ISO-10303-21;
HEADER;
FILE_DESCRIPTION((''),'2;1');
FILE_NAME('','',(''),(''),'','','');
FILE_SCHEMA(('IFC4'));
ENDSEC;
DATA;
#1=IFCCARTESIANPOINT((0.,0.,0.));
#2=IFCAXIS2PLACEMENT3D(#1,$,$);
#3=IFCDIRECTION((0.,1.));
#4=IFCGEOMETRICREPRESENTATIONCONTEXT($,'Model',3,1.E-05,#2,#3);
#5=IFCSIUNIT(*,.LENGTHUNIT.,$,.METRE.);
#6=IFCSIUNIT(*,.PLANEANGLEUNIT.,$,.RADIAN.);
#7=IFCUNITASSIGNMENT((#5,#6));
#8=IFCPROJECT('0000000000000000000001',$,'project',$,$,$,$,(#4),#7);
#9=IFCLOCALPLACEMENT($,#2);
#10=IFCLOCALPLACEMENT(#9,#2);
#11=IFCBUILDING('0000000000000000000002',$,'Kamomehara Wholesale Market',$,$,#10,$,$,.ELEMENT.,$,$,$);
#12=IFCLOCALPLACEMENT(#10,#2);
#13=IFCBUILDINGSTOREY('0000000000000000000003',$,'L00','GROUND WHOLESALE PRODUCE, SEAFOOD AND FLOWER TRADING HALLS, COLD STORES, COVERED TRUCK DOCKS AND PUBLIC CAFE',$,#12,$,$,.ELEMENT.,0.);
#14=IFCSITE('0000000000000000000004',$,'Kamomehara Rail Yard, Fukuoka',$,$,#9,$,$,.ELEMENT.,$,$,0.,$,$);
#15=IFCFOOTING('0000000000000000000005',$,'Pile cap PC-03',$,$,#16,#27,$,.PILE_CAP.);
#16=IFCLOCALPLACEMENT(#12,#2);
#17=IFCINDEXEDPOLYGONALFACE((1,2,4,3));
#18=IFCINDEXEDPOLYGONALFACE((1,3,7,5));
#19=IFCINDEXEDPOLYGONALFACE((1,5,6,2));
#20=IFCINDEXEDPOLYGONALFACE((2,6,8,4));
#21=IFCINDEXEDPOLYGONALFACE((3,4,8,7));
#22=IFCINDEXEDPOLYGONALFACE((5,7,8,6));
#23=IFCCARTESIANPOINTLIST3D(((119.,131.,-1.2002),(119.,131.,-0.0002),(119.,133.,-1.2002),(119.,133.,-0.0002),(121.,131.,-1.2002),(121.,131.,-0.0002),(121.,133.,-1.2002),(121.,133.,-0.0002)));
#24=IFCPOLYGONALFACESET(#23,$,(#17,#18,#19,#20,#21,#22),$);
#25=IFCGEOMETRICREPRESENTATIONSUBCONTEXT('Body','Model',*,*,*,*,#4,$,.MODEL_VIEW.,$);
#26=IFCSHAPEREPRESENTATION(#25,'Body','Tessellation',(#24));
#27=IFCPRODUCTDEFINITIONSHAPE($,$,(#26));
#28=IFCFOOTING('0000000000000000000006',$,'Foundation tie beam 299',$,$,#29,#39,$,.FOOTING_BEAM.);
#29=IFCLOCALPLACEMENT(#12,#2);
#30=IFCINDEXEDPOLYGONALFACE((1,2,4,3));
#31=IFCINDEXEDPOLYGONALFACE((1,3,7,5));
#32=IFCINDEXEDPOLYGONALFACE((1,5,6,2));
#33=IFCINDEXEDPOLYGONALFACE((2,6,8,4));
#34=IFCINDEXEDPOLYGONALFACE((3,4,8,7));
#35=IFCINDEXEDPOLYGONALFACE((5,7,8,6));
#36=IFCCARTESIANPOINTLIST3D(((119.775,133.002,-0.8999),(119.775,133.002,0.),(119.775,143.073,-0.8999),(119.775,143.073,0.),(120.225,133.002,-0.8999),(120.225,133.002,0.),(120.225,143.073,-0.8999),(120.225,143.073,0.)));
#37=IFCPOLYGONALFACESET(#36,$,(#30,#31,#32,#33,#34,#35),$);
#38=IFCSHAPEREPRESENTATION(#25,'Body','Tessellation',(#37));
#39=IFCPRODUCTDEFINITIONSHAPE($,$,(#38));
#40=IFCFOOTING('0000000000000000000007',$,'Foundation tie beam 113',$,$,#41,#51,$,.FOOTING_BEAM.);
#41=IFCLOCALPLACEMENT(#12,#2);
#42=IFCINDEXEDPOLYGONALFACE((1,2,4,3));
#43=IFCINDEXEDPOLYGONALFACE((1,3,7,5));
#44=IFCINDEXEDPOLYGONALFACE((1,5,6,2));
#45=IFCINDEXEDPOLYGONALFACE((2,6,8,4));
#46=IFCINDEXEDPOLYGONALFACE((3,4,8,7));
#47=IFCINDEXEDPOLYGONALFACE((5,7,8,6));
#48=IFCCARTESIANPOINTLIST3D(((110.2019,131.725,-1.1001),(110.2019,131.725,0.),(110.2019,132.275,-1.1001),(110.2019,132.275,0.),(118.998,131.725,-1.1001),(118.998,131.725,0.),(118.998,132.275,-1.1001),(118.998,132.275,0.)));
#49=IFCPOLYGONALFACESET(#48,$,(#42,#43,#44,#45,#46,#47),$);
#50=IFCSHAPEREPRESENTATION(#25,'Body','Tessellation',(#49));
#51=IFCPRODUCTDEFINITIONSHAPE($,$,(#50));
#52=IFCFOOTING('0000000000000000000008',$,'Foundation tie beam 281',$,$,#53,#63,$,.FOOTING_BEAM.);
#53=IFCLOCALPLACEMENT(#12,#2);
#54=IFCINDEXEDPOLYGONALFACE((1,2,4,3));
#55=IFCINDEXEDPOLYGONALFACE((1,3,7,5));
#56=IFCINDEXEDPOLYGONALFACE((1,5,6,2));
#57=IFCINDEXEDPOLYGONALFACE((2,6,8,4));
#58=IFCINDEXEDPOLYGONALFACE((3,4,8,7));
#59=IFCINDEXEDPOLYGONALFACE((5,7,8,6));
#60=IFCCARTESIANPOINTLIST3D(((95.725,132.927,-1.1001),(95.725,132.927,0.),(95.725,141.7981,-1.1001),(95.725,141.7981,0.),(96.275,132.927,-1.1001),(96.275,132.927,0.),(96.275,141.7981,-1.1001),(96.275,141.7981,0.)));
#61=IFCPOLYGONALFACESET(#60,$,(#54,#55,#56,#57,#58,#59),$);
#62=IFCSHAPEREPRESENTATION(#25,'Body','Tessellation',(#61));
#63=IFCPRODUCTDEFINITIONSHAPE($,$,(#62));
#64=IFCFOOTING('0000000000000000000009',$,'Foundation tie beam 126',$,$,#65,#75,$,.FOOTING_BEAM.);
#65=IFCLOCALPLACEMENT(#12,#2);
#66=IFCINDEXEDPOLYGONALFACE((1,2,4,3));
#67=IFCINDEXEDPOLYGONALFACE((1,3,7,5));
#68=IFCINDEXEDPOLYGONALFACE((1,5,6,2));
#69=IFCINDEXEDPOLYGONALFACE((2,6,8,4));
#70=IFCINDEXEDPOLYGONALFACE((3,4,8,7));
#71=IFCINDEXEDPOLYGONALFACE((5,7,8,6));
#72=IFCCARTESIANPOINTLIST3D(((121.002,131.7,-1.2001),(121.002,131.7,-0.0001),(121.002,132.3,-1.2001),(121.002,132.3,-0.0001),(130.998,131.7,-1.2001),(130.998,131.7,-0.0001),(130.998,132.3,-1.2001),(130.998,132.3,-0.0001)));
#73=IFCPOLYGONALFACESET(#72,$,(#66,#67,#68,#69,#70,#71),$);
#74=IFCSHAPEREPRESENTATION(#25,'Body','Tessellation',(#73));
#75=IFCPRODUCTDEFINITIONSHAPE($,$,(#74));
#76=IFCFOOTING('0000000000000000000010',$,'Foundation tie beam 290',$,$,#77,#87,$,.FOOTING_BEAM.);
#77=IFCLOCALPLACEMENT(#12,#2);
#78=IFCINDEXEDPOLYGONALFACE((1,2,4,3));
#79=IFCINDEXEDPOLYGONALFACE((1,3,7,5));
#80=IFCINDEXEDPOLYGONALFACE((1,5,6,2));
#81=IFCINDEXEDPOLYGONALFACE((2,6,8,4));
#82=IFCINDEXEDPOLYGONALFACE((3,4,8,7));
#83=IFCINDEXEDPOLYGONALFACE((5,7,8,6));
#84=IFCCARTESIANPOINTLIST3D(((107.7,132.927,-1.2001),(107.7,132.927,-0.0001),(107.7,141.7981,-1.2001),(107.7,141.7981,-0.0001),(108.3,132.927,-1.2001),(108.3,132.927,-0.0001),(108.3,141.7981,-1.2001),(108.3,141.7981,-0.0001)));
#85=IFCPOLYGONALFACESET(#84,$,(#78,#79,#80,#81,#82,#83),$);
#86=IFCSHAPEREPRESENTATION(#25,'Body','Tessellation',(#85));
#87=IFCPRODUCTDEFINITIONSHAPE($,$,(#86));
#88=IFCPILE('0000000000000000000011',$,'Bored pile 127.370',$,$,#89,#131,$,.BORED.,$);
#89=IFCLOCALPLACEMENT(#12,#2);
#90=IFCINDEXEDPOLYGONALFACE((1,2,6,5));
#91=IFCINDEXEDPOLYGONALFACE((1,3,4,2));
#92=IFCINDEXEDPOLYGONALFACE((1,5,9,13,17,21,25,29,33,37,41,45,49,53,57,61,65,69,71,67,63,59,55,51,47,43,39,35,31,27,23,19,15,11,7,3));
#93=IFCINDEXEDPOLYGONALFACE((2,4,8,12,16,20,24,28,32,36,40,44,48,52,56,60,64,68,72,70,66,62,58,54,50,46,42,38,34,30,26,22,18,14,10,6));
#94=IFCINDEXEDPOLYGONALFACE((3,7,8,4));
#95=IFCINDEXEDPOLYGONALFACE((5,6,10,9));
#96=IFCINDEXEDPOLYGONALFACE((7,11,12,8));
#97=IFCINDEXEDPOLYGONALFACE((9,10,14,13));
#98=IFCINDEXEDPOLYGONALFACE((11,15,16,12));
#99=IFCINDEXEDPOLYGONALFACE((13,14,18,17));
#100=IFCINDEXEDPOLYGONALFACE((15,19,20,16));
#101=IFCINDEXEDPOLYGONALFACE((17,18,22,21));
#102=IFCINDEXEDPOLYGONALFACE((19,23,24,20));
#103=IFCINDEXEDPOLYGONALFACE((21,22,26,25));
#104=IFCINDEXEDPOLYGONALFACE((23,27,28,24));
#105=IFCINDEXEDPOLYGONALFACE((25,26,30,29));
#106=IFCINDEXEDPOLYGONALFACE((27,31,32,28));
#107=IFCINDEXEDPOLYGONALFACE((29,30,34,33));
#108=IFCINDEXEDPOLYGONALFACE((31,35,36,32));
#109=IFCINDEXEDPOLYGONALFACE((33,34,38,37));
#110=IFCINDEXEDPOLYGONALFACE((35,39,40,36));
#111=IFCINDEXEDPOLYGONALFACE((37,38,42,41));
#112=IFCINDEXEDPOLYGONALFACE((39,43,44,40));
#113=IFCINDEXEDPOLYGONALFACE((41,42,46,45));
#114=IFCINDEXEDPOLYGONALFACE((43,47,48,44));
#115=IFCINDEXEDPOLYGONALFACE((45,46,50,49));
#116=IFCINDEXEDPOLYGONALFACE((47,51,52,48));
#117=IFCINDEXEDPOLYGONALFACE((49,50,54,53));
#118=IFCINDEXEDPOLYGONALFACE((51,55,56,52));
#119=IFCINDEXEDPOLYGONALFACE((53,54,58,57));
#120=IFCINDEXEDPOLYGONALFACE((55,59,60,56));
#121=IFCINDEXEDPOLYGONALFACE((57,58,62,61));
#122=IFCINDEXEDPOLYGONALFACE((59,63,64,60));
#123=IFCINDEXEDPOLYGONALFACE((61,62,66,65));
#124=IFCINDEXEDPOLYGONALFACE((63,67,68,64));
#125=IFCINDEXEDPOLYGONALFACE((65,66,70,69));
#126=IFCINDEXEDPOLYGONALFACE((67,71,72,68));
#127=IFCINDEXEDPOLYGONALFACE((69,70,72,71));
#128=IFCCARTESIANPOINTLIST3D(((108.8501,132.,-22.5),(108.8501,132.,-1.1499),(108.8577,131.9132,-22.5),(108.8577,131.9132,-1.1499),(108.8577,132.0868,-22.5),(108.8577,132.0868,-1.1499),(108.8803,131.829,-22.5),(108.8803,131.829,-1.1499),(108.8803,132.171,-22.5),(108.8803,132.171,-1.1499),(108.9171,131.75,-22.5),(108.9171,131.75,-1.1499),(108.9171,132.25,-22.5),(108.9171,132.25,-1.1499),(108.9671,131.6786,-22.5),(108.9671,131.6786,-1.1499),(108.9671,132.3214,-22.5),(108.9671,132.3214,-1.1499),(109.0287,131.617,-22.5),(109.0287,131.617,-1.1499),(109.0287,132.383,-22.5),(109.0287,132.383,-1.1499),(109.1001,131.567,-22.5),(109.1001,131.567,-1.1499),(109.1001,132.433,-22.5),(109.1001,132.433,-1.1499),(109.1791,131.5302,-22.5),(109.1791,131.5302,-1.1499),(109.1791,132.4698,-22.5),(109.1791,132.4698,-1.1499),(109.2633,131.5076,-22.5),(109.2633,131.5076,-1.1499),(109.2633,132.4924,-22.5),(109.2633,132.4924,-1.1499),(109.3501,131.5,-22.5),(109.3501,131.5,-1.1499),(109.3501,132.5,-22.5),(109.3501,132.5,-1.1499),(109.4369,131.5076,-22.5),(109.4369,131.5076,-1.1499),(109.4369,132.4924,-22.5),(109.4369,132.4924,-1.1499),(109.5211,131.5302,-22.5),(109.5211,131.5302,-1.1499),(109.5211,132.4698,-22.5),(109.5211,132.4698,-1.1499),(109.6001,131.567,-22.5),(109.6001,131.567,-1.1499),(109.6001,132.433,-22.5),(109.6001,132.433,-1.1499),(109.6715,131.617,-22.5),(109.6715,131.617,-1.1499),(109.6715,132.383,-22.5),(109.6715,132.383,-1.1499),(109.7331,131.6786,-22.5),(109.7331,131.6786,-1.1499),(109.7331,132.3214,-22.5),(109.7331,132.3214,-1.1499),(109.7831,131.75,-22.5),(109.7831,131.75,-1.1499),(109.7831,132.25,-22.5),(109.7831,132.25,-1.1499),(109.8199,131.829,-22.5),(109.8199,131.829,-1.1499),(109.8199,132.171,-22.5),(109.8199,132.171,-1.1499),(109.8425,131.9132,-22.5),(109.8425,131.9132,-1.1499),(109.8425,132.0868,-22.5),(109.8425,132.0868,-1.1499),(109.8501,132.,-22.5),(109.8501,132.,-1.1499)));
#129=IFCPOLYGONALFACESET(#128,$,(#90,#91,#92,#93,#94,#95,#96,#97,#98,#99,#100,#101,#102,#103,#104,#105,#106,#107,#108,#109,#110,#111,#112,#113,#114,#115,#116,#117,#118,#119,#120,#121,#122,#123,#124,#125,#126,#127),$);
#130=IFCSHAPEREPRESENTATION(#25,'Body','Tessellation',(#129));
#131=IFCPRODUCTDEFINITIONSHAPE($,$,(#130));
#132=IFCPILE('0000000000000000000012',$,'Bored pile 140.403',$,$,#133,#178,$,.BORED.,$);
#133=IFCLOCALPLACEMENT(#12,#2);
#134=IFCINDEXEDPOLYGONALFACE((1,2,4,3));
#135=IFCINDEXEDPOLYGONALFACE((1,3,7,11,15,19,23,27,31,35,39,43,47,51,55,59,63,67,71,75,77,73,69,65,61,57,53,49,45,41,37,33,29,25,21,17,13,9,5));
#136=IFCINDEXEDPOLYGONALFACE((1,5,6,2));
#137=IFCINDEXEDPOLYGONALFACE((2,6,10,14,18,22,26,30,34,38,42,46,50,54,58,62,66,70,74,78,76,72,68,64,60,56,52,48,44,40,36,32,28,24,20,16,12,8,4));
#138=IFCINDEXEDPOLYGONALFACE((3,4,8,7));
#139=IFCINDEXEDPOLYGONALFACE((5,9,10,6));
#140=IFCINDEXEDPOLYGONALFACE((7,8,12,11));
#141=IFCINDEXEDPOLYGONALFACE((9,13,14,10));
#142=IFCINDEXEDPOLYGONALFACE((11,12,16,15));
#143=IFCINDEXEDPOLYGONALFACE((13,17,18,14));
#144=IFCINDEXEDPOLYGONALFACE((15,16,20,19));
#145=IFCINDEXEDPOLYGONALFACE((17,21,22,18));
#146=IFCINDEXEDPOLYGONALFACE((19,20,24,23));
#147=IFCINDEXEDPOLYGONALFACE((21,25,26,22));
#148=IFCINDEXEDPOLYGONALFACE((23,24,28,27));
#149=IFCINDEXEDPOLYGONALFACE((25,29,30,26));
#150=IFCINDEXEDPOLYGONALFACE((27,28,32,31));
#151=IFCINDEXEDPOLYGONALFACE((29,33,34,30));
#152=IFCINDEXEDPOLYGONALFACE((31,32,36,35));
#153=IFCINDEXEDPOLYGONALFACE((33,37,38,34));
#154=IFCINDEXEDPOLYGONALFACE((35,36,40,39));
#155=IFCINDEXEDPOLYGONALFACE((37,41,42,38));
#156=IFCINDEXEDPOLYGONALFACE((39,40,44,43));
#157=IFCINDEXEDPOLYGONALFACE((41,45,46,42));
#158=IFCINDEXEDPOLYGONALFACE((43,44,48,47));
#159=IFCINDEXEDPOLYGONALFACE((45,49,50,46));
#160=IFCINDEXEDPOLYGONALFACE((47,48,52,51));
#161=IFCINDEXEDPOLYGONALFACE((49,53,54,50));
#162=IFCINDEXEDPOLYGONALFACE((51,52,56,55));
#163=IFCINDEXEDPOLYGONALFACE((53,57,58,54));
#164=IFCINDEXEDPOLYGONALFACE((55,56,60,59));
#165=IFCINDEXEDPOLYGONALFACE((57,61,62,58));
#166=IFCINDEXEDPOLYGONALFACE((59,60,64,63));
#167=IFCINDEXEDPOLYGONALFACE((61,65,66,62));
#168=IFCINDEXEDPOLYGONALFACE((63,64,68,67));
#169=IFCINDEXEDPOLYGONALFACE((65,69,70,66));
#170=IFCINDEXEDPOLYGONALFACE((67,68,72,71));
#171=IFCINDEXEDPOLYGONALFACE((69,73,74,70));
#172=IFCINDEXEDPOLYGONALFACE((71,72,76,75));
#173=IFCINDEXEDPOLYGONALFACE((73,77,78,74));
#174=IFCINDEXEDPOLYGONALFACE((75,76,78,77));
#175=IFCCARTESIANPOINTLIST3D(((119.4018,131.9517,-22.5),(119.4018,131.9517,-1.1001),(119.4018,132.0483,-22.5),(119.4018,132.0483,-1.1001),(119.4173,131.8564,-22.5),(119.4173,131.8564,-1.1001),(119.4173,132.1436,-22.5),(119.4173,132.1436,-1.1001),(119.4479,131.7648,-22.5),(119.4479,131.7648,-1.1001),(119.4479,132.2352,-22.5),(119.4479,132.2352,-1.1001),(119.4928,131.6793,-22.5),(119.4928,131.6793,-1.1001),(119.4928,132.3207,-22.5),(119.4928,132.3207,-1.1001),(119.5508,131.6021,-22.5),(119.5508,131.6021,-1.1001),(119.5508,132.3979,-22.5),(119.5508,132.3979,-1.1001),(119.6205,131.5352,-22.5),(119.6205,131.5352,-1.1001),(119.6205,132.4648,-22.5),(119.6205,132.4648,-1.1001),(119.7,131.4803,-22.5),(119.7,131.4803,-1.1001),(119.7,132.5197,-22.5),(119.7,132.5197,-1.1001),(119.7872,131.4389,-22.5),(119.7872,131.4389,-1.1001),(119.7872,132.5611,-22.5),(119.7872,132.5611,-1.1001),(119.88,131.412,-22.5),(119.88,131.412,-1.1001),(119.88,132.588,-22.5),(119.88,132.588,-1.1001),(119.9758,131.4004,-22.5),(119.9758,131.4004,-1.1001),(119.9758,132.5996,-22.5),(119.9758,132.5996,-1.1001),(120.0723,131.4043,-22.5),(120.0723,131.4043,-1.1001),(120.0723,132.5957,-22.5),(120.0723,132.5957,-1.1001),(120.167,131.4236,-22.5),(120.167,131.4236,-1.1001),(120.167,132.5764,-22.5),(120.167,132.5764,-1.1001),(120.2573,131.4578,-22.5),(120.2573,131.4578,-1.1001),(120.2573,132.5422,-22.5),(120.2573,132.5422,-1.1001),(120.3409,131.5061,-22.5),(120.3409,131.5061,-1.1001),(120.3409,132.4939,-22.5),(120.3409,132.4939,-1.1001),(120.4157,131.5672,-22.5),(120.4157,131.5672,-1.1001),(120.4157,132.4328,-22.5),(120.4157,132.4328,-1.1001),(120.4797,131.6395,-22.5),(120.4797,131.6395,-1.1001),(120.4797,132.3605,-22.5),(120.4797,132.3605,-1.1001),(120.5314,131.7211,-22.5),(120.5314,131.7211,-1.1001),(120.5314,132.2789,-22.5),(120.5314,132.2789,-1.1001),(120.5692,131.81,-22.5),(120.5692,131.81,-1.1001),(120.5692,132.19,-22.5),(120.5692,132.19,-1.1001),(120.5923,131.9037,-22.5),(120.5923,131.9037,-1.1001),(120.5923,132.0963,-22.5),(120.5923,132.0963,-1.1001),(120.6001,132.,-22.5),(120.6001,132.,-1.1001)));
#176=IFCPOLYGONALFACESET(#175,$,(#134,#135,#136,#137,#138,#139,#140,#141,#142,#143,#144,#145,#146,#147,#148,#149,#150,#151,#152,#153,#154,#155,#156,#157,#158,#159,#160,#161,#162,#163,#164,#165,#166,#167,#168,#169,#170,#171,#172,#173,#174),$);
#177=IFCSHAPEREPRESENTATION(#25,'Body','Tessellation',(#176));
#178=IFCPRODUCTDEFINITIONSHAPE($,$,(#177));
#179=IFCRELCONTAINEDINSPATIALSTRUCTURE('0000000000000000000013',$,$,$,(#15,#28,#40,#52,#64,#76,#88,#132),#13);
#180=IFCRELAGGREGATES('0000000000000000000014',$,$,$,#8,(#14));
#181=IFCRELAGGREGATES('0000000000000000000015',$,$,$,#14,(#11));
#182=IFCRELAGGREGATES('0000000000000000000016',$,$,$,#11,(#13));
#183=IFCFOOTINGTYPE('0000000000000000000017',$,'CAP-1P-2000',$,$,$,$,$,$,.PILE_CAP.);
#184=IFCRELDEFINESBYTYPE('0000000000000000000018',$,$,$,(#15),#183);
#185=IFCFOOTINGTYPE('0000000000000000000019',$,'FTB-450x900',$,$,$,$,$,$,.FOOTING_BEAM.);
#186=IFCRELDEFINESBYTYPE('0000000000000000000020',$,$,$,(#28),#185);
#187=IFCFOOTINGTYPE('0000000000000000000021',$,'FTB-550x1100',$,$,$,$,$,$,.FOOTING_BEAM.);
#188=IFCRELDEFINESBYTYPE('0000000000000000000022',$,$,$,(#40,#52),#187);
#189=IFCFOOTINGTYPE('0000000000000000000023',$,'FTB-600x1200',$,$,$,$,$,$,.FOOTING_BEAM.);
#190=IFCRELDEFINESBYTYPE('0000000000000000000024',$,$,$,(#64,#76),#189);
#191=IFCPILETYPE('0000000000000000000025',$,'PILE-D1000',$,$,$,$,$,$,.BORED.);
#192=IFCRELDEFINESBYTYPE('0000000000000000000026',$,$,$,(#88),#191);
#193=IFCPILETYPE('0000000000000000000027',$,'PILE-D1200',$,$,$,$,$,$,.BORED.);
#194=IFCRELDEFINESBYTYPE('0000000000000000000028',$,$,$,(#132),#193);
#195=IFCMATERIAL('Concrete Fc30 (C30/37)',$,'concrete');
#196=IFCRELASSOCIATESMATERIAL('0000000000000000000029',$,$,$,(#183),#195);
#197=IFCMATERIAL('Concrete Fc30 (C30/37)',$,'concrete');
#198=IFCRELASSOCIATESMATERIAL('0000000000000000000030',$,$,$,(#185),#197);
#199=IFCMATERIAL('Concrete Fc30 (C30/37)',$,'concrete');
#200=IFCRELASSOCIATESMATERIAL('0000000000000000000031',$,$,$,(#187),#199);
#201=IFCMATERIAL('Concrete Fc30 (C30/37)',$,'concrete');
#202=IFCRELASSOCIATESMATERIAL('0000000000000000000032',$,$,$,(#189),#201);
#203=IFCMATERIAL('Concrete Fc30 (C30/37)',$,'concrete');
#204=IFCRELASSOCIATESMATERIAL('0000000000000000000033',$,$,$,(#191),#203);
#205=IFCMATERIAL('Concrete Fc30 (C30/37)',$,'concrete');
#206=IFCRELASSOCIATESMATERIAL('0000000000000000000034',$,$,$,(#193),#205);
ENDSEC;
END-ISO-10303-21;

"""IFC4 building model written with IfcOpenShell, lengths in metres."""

from ifc_helpers import new_model, si_unit, direction, frame, origin, origin_2d, place, context, subcontext, project, spatial, rectangle, circle, extrude, material, material_profile, profile_set, type_object, element, save


model = new_model("IFC4")

# Units and contexts
model_context = context("Model", 3, precision=1e-05, world=origin(), true_north=direction((0.0, 1.0)))
body_context = subcontext(model_context, "Body", "Model", "MODEL_VIEW")
ifc_project = project(units=[si_unit("LENGTHUNIT", "METRE"), si_unit("PLANEANGLEUNIT", "RADIAN")], contexts=[model_context])

# Site, building, storey
site_placement = place(None, origin())
site = spatial("IfcSite", under=ifc_project, at=site_placement, Name="Kamomehara Rail Yard, Fukuoka", CompositionType="ELEMENT", RefElevation=0.0)
building_placement = place(site_placement, origin())
building = spatial("IfcBuilding", under=site, at=building_placement, Name="Kamomehara Wholesale Market", CompositionType="ELEMENT")
storey_placement = place(building_placement, origin())
storey = spatial("IfcBuildingStorey", under=building, at=storey_placement, Name="L00", Description="GROUND WHOLESALE PRODUCE, SEAFOOD AND FLOWER TRADING HALLS, COLD STORES, COVERED TRUCK DOCKS AND PUBLIC CAFE", CompositionType="ELEMENT", Elevation=0.0)

# Footings
ifc_material_1 = material(Name="Concrete Fc30 (C30/37)", Category="concrete")
footing_type_1 = type_object("IfcFootingType", Name="CAP-1P-2000", PredefinedType="PILE_CAP", material=ifc_material_1)
footing_1_placement = place(storey_placement, frame((120.0, 132.0, -1.2002), z_axis=(0.0, 0.0, 1.0), x_axis=(1.0, 0.0, 0.0)))
element("IfcFooting", 1, at=footing_1_placement, inside=storey, type_object=footing_type_1, Name="Pile cap PC-03", PredefinedType="PILE_CAP", context=body_context, shape_type="SweptSolid", body=[
    extrude(rectangle(XDim=2.0, YDim=2.0, at=origin_2d()), origin(), (0.0, 0.0, 1.0), 1.2),
])
ifc_material_2 = material(Name="Concrete Fc30 (C30/37)", Category="concrete")
ifc_material_profile_1 = material_profile(ifc_material_2, rectangle(XDim=0.45, YDim=0.8999, at=origin_2d()), Name="RC-FTB-450x900")
ifc_profile_set_1 = profile_set([ifc_material_profile_1], Name="Concrete Fc30 (C30/37)")
footing_type_2 = type_object("IfcFootingType", Name="FTB-450x900", PredefinedType="FOOTING_BEAM", material=ifc_profile_set_1)
footing_2_placement = place(storey_placement, frame((120.0, 133.002, -0.45), z_axis=(0.0, 1.0, 0.0), x_axis=(-1.0, 0.0, 0.0)))
element("IfcFooting", 2, at=footing_2_placement, inside=storey, type_object=footing_type_2, Name="Foundation tie beam 299", PredefinedType="FOOTING_BEAM", context=body_context, shape_type="SweptSolid", body=[
    extrude(rectangle(XDim=0.45, YDim=0.8999, at=origin_2d()), origin(), (0.0, 0.0, 1.0), 10.071),
])
ifc_material_3 = material(Name="Concrete Fc30 (C30/37)", Category="concrete")
ifc_material_profile_2 = material_profile(ifc_material_3, rectangle(XDim=0.55, YDim=1.1001, at=origin_2d()), Name="RC-FTB-550x1100")
ifc_profile_set_2 = profile_set([ifc_material_profile_2], Name="Concrete Fc30 (C30/37)")
footing_type_3 = type_object("IfcFootingType", Name="FTB-550x1100", PredefinedType="FOOTING_BEAM", material=ifc_profile_set_2)
footing_3_placement = place(storey_placement, frame((110.2019, 132.0, -0.55), z_axis=(1.0, 0.0, 0.0), x_axis=(0.0, 1.0, 0.0)))
element("IfcFooting", 3, at=footing_3_placement, inside=storey, type_object=footing_type_3, Name="Foundation tie beam 113", PredefinedType="FOOTING_BEAM", context=body_context, shape_type="SweptSolid", body=[
    extrude(rectangle(XDim=0.55, YDim=1.1001, at=origin_2d()), origin(), (0.0, 0.0, 1.0), 8.7961),
])
footing_4_placement = place(storey_placement, frame((96.0, 132.927, -0.55), z_axis=(0.0, 1.0, 0.0), x_axis=(-1.0, 0.0, 0.0)))
element("IfcFooting", 4, at=footing_4_placement, inside=storey, type_object=footing_type_3, Name="Foundation tie beam 281", PredefinedType="FOOTING_BEAM", context=body_context, shape_type="SweptSolid", body=[
    extrude(rectangle(XDim=0.55, YDim=1.1001, at=origin_2d()), origin(), (0.0, 0.0, 1.0), 8.8711),
])
ifc_material_4 = material(Name="Concrete Fc30 (C30/37)", Category="concrete")
ifc_material_profile_3 = material_profile(ifc_material_4, rectangle(XDim=0.6001, YDim=1.2, at=origin_2d()), Name="RC-FTB-600x1200")
ifc_profile_set_3 = profile_set([ifc_material_profile_3], Name="Concrete Fc30 (C30/37)")
footing_type_4 = type_object("IfcFootingType", Name="FTB-600x1200", PredefinedType="FOOTING_BEAM", material=ifc_profile_set_3)
footing_5_placement = place(storey_placement, frame((121.002, 132.0, -0.6001), z_axis=(1.0, 0.0, 0.0), x_axis=(0.0, 1.0, 0.0)))
element("IfcFooting", 5, at=footing_5_placement, inside=storey, type_object=footing_type_4, Name="Foundation tie beam 126", PredefinedType="FOOTING_BEAM", context=body_context, shape_type="SweptSolid", body=[
    extrude(rectangle(XDim=0.6001, YDim=1.2, at=origin_2d()), origin(), (0.0, 0.0, 1.0), 9.9961),
])
footing_6_placement = place(storey_placement, frame((108.0, 132.927, -0.6001), z_axis=(0.0, 1.0, 0.0), x_axis=(-1.0, 0.0, 0.0)))
element("IfcFooting", 6, at=footing_6_placement, inside=storey, type_object=footing_type_4, Name="Foundation tie beam 290", PredefinedType="FOOTING_BEAM", context=body_context, shape_type="SweptSolid", body=[
    extrude(rectangle(XDim=0.6001, YDim=1.2, at=origin_2d()), origin(), (0.0, 0.0, 1.0), 8.8711),
])

# Piles
ifc_material_5 = material(Name="Concrete Fc30 (C30/37)", Category="concrete")
ifc_material_profile_4 = material_profile(ifc_material_5, circle(Radius=0.5, at=origin_2d()), Name="RC-PILE-D1000")
ifc_profile_set_4 = profile_set([ifc_material_profile_4], Name="Concrete Fc30 (C30/37)")
pile_type_1 = type_object("IfcPileType", Name="PILE-D1000", PredefinedType="BORED", material=ifc_profile_set_4)
pile_1_placement = place(storey_placement, frame((109.3501, 132.0, -1.1499), z_axis=(0.0, 0.0, -1.0), x_axis=(1.0, 0.0, 0.0)))
element("IfcPile", 7, at=pile_1_placement, inside=storey, type_object=pile_type_1, Name="Bored pile 127.370", PredefinedType="BORED", context=body_context, shape_type="SweptSolid", body=[
    extrude(circle(Radius=0.5, at=origin_2d()), origin(), (0.0, 0.0, 1.0), 21.3501),
])
ifc_material_6 = material(Name="Concrete Fc30 (C30/37)", Category="concrete")
ifc_material_profile_5 = material_profile(ifc_material_6, circle(Radius=0.6001, at=origin_2d()), Name="RC-PILE-D1200")
ifc_profile_set_5 = profile_set([ifc_material_profile_5], Name="Concrete Fc30 (C30/37)")
pile_type_2 = type_object("IfcPileType", Name="PILE-D1200", PredefinedType="BORED", material=ifc_profile_set_5)
pile_2_placement = place(storey_placement, frame((120.0, 132.0, -1.1001), z_axis=(0.0, 0.0, -1.0), x_axis=(1.0, 0.0, 0.0)))
element("IfcPile", 8, at=pile_2_placement, inside=storey, type_object=pile_type_2, Name="Bored pile 140.403", PredefinedType="BORED", context=body_context, shape_type="SweptSolid", body=[
    extrude(circle(Radius=0.6001, at=origin_2d()), origin(), (0.0, 0.0, 1.0), 21.3999),
])

save(model, "model.ifc")
